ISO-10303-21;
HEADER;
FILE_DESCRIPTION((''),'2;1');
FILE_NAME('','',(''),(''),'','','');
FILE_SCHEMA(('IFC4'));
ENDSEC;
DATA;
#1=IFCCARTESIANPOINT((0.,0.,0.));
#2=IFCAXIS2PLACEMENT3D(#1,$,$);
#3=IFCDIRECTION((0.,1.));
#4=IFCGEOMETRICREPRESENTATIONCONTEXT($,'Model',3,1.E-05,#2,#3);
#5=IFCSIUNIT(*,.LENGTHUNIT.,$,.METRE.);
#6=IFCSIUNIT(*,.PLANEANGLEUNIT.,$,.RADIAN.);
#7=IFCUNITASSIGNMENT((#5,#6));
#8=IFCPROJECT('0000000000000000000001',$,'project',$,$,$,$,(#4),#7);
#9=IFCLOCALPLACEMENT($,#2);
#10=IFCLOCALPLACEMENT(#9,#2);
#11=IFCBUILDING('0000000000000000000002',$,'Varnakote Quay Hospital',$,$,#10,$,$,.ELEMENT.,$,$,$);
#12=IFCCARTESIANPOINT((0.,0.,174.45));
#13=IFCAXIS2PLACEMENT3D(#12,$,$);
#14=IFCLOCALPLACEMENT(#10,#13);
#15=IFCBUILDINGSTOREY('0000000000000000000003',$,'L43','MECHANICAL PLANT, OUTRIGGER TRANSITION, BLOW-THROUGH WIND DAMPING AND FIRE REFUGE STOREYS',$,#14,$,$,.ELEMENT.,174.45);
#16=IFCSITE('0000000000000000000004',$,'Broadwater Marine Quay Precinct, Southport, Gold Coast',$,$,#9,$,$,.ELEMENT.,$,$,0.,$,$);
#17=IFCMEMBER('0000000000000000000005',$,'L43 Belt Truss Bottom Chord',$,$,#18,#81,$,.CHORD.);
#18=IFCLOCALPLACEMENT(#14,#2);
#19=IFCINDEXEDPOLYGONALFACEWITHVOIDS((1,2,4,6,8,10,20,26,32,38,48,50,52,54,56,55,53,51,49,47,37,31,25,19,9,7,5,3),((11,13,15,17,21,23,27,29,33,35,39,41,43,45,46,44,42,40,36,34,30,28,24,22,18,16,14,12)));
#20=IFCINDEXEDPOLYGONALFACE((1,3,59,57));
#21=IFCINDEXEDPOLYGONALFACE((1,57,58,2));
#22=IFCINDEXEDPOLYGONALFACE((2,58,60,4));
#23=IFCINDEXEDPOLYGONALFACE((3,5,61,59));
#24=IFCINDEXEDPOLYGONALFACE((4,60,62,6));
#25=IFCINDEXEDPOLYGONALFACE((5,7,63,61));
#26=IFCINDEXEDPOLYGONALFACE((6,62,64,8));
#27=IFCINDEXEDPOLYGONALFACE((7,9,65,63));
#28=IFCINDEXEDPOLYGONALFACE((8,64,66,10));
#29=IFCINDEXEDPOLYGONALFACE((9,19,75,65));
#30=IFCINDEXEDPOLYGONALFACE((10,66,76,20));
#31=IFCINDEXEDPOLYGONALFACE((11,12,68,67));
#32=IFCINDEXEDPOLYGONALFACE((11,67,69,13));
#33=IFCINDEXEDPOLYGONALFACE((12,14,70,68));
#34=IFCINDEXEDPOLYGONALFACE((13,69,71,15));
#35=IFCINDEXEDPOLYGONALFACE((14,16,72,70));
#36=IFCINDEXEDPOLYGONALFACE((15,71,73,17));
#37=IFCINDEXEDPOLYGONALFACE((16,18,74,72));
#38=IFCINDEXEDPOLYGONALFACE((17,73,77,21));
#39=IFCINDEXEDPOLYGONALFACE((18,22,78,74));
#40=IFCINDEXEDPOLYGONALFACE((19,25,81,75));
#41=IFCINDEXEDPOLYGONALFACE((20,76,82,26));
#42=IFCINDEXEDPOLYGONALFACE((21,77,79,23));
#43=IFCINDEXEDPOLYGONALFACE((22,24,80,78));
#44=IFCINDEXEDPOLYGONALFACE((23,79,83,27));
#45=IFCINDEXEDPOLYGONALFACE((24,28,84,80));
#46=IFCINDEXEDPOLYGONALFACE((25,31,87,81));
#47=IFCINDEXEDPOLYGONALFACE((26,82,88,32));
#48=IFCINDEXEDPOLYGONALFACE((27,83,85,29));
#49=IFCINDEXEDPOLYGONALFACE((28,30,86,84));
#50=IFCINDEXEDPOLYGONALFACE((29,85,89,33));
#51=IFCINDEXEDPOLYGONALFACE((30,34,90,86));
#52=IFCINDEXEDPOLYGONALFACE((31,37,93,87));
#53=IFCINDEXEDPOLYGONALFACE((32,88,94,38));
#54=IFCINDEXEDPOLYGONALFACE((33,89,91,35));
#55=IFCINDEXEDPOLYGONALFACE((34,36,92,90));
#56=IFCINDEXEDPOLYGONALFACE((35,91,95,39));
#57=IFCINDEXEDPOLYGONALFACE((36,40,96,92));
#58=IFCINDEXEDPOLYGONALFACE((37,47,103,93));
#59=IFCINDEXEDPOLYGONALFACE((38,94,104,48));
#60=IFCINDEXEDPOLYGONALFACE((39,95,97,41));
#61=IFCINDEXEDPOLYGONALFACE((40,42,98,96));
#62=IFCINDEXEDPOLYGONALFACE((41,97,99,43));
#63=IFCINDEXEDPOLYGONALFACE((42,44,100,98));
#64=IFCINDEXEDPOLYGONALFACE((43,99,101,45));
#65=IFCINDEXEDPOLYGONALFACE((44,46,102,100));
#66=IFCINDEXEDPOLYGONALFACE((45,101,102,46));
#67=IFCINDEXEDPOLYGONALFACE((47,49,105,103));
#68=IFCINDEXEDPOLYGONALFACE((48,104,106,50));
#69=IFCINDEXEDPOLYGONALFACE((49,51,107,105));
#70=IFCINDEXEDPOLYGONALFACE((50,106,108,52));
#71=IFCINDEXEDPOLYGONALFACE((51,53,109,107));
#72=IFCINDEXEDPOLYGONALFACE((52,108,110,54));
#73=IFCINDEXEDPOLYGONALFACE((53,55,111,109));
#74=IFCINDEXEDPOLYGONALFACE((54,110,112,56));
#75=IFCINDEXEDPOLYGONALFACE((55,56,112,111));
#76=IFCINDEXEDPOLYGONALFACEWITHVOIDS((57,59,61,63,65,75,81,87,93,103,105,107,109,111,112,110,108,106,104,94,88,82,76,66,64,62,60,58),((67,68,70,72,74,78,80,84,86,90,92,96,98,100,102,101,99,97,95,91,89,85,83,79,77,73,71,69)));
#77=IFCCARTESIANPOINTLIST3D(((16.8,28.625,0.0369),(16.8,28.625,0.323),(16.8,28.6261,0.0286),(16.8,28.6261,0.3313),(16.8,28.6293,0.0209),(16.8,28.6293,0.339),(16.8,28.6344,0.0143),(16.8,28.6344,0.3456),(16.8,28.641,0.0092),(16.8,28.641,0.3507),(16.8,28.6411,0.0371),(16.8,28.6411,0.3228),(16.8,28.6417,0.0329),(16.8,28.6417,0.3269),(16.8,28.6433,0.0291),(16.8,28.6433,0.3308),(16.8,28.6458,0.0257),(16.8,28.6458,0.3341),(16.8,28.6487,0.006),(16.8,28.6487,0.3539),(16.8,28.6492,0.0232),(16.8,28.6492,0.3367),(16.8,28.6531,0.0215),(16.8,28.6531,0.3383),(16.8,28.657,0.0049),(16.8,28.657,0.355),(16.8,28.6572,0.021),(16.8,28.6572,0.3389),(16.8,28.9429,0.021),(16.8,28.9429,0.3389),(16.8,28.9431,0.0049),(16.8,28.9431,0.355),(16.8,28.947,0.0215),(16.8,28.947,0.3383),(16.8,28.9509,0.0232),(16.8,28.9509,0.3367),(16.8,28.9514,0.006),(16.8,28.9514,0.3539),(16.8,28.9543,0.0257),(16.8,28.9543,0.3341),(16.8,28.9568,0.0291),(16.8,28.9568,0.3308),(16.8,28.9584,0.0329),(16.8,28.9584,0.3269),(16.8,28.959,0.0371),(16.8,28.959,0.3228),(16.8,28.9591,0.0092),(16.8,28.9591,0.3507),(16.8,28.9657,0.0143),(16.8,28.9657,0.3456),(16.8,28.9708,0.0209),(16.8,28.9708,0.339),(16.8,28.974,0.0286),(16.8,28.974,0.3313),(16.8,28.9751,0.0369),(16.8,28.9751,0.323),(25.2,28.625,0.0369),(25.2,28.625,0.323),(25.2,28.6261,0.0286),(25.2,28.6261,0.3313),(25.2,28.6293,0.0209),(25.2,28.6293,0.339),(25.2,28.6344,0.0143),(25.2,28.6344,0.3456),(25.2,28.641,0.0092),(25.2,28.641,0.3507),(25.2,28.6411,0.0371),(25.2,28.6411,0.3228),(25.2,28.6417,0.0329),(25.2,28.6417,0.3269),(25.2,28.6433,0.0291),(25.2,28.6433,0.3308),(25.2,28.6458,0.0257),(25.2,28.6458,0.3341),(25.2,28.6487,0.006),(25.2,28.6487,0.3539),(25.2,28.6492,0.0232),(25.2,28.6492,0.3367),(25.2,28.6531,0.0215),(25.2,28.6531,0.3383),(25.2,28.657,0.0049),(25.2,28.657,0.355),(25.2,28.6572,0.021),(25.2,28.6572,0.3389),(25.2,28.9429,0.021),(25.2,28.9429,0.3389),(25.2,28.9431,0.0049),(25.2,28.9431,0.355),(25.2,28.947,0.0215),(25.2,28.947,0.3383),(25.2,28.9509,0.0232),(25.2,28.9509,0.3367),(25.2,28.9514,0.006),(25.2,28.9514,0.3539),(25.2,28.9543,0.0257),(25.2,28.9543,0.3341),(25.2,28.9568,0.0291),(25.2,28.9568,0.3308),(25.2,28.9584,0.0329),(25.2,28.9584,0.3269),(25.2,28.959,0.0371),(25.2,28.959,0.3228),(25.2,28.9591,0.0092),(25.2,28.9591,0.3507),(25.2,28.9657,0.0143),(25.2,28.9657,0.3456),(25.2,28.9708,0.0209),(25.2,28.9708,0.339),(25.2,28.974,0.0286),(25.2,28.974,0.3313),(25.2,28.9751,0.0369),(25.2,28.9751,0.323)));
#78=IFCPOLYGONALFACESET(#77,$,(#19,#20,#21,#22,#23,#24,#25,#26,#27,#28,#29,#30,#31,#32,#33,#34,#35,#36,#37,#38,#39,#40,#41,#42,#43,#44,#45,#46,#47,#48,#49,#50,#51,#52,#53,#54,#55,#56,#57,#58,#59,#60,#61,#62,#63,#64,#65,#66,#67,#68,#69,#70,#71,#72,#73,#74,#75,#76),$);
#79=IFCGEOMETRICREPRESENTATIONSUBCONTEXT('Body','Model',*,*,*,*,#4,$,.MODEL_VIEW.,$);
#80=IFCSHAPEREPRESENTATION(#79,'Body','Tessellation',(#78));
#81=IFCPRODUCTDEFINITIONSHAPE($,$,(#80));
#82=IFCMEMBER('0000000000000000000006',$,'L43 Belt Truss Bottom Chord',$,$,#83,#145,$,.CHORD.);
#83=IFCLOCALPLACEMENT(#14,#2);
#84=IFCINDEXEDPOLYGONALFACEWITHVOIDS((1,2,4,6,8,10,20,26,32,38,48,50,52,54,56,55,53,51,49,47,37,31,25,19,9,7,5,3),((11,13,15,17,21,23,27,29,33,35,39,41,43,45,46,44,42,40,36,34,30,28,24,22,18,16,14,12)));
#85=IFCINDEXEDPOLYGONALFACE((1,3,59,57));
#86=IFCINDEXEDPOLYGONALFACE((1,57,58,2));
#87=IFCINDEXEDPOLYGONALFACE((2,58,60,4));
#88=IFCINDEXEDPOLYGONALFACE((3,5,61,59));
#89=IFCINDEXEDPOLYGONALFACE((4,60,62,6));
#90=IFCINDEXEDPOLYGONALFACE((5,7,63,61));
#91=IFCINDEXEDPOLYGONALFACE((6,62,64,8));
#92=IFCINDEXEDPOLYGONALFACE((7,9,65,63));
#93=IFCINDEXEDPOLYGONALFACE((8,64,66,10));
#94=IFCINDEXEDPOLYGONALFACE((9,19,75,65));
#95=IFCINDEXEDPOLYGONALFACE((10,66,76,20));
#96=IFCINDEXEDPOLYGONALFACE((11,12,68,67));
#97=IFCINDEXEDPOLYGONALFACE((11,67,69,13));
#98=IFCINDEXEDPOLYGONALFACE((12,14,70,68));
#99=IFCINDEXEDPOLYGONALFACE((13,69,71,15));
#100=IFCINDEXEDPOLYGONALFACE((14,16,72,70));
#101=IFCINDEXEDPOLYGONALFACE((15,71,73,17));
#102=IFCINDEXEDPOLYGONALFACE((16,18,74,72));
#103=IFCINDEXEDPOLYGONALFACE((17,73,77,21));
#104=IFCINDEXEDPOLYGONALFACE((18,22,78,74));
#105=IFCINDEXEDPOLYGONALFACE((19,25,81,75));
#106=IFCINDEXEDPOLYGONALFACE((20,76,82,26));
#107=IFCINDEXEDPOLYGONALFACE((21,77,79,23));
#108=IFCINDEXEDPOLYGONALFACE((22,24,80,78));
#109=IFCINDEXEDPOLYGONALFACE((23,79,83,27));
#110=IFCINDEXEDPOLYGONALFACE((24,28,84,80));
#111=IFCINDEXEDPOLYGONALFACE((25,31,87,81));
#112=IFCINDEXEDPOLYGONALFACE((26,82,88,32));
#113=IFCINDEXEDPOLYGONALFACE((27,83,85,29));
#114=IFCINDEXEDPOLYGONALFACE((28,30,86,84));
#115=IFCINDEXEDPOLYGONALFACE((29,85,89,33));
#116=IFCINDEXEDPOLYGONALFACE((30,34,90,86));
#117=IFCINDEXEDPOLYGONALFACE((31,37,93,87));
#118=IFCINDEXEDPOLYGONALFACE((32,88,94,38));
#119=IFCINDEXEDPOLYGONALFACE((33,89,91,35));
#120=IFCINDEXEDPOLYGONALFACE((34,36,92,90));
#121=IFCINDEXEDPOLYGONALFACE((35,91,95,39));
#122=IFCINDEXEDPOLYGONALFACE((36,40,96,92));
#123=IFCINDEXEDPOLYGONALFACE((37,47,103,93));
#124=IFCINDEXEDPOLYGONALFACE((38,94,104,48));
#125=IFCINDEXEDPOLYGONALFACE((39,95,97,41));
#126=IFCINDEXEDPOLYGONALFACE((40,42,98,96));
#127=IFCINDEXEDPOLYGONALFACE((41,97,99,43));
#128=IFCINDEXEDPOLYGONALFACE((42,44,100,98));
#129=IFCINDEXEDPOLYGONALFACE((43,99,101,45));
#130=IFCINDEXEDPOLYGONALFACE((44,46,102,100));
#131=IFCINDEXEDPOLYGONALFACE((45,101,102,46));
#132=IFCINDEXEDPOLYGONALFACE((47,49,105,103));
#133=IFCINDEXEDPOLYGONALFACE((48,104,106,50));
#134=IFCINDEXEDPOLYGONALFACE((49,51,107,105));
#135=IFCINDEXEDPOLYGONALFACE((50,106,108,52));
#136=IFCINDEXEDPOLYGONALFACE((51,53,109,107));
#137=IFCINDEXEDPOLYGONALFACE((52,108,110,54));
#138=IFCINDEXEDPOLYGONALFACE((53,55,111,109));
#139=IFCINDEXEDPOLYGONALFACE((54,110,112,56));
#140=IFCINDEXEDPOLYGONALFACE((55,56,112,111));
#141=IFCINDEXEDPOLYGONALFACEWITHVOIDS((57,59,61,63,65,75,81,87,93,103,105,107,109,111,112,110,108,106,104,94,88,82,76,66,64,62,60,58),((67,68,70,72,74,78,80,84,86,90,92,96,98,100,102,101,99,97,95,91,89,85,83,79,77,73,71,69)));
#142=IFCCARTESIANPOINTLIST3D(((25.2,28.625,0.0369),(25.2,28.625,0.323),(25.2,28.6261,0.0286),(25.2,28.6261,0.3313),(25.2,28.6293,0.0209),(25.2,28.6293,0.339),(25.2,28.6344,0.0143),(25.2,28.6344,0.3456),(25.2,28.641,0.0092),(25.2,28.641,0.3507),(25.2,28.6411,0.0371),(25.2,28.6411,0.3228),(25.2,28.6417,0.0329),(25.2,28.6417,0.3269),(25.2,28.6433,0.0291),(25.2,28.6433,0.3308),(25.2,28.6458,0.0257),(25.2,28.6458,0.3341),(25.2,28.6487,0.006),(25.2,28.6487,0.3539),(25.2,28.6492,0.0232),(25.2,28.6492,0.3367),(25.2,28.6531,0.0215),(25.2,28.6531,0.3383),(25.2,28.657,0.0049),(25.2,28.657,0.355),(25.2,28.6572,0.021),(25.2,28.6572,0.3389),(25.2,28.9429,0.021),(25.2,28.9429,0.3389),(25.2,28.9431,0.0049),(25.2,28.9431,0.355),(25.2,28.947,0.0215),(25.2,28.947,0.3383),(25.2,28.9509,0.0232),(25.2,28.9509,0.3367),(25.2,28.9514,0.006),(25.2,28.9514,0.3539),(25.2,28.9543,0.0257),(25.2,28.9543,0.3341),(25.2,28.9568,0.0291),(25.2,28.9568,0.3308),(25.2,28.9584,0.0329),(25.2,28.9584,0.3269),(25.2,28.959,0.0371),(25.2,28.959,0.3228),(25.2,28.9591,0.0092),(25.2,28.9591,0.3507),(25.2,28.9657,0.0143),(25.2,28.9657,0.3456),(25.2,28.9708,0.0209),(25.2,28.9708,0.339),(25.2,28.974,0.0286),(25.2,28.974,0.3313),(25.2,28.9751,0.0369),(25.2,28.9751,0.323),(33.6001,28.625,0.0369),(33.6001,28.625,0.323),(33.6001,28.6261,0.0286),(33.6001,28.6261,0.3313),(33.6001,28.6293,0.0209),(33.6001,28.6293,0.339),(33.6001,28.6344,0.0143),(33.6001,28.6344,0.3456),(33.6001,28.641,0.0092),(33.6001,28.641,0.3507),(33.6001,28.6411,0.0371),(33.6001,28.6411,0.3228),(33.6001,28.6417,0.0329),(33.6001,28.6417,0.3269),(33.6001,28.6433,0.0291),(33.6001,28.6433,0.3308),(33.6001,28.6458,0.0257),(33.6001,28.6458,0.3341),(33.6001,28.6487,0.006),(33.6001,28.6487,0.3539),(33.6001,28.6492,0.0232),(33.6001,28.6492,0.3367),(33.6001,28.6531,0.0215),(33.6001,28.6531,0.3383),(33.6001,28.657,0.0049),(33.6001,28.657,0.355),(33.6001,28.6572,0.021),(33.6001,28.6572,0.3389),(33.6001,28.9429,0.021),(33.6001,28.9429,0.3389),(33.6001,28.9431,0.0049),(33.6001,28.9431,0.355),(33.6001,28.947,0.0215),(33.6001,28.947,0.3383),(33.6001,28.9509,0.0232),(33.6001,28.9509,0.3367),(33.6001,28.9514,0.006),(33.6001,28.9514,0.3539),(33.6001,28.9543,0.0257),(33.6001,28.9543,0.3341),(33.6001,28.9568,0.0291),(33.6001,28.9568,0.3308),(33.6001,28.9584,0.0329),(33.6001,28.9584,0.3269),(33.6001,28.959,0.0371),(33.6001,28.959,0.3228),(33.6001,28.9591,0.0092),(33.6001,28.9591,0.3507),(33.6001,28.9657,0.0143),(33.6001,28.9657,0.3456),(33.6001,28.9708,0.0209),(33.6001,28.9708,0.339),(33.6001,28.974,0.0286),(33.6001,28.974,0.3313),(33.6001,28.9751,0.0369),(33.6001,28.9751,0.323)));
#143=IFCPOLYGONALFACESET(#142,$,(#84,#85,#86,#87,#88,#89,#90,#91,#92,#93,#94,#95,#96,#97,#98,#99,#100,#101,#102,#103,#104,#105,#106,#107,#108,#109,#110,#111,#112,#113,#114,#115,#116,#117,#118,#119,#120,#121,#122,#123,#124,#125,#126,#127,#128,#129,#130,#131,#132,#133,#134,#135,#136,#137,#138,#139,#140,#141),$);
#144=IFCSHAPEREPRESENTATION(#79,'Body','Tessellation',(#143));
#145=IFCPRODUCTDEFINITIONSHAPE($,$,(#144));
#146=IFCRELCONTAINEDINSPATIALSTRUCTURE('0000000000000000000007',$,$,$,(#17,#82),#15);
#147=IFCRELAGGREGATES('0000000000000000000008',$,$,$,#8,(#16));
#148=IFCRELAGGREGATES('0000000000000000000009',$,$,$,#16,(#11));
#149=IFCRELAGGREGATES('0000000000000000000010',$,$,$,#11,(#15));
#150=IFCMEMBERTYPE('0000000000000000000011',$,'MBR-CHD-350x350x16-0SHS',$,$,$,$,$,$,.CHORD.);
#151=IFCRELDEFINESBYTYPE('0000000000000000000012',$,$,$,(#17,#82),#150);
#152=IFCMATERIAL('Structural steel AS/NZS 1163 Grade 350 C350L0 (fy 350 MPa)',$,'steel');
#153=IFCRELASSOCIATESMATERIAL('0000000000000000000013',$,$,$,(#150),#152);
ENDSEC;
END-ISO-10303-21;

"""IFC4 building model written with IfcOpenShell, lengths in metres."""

from ifc_helpers import new_model, si_unit, direction, frame, origin, origin_2d, place, context, subcontext, project, spatial, hollow_rectangle, extrude, material, material_profile, profile_set, type_object, element, save


model = new_model("IFC4")

# Units and contexts
model_context = context("Model", 3, precision=1e-05, world=origin(), true_north=direction((0.0, 1.0)))
body_context = subcontext(model_context, "Body", "Model", "MODEL_VIEW")
ifc_project = project(units=[si_unit("LENGTHUNIT", "METRE"), si_unit("PLANEANGLEUNIT", "RADIAN")], contexts=[model_context])

# Site, building, storey
site_placement = place(None, origin())
site = spatial("IfcSite", under=ifc_project, at=site_placement, Name="Broadwater Marine Quay Precinct, Southport, Gold Coast", CompositionType="ELEMENT", RefElevation=0.0)
building_placement = place(site_placement, origin())
building = spatial("IfcBuilding", under=site, at=building_placement, Name="Varnakote Quay Hospital", CompositionType="ELEMENT")
storey_placement = place(building_placement, frame((0.0, 0.0, 174.45)))
storey = spatial("IfcBuildingStorey", under=building, at=storey_placement, Name="L43", Description="MECHANICAL PLANT, OUTRIGGER TRANSITION, BLOW-THROUGH WIND DAMPING AND FIRE REFUGE STOREYS", CompositionType="ELEMENT", Elevation=174.45)

# Members
ifc_material_1 = material(Name="Structural steel AS/NZS 1163 Grade 350 C350L0 (fy 350 MPa)", Category="steel")
ifc_material_profile_1 = material_profile(ifc_material_1, hollow_rectangle(XDim=0.3501, YDim=0.3501, WallThickness=0.0161, InnerFilletRadius=0.0161, OuterFilletRadius=0.032, at=origin_2d()), Name="350x350x16.0SHS")
ifc_profile_set_1 = profile_set([ifc_material_profile_1], Name="Structural steel AS/NZS 1163 Grade 350 C350L0 (fy 350 MPa)")
member_type_1 = type_object("IfcMemberType", Name="MBR-CHD-350x350x16-0SHS", PredefinedType="CHORD", material=ifc_profile_set_1)
member_1_placement = place(storey_placement, frame((16.8, 28.8, 0.1799), z_axis=(1.0, 0.0, 0.0), x_axis=(0.0, 1.0, 0.0)))
element("IfcMember", 1, at=member_1_placement, inside=storey, type_object=member_type_1, Name="L43 Belt Truss Bottom Chord", PredefinedType="CHORD", context=body_context, shape_type="SweptSolid", body=[
    extrude(hollow_rectangle(XDim=0.3501, YDim=0.3501, WallThickness=0.0161, InnerFilletRadius=0.0161, OuterFilletRadius=0.032, at=origin_2d()), origin(), (0.0, 0.0, 1.0), 8.3999),
])
member_2_placement = place(storey_placement, frame((25.2, 28.8, 0.1799), z_axis=(1.0, 0.0, 0.0), x_axis=(0.0, 1.0, 0.0)))
element("IfcMember", 2, at=member_2_placement, inside=storey, type_object=member_type_1, Name="L43 Belt Truss Bottom Chord", PredefinedType="CHORD", context=body_context, shape_type="SweptSolid", body=[
    extrude(hollow_rectangle(XDim=0.3501, YDim=0.3501, WallThickness=0.0161, InnerFilletRadius=0.0161, OuterFilletRadius=0.032, at=origin_2d()), origin(), (0.0, 0.0, 1.0), 8.4001),
])

save(model, "model.ifc")
